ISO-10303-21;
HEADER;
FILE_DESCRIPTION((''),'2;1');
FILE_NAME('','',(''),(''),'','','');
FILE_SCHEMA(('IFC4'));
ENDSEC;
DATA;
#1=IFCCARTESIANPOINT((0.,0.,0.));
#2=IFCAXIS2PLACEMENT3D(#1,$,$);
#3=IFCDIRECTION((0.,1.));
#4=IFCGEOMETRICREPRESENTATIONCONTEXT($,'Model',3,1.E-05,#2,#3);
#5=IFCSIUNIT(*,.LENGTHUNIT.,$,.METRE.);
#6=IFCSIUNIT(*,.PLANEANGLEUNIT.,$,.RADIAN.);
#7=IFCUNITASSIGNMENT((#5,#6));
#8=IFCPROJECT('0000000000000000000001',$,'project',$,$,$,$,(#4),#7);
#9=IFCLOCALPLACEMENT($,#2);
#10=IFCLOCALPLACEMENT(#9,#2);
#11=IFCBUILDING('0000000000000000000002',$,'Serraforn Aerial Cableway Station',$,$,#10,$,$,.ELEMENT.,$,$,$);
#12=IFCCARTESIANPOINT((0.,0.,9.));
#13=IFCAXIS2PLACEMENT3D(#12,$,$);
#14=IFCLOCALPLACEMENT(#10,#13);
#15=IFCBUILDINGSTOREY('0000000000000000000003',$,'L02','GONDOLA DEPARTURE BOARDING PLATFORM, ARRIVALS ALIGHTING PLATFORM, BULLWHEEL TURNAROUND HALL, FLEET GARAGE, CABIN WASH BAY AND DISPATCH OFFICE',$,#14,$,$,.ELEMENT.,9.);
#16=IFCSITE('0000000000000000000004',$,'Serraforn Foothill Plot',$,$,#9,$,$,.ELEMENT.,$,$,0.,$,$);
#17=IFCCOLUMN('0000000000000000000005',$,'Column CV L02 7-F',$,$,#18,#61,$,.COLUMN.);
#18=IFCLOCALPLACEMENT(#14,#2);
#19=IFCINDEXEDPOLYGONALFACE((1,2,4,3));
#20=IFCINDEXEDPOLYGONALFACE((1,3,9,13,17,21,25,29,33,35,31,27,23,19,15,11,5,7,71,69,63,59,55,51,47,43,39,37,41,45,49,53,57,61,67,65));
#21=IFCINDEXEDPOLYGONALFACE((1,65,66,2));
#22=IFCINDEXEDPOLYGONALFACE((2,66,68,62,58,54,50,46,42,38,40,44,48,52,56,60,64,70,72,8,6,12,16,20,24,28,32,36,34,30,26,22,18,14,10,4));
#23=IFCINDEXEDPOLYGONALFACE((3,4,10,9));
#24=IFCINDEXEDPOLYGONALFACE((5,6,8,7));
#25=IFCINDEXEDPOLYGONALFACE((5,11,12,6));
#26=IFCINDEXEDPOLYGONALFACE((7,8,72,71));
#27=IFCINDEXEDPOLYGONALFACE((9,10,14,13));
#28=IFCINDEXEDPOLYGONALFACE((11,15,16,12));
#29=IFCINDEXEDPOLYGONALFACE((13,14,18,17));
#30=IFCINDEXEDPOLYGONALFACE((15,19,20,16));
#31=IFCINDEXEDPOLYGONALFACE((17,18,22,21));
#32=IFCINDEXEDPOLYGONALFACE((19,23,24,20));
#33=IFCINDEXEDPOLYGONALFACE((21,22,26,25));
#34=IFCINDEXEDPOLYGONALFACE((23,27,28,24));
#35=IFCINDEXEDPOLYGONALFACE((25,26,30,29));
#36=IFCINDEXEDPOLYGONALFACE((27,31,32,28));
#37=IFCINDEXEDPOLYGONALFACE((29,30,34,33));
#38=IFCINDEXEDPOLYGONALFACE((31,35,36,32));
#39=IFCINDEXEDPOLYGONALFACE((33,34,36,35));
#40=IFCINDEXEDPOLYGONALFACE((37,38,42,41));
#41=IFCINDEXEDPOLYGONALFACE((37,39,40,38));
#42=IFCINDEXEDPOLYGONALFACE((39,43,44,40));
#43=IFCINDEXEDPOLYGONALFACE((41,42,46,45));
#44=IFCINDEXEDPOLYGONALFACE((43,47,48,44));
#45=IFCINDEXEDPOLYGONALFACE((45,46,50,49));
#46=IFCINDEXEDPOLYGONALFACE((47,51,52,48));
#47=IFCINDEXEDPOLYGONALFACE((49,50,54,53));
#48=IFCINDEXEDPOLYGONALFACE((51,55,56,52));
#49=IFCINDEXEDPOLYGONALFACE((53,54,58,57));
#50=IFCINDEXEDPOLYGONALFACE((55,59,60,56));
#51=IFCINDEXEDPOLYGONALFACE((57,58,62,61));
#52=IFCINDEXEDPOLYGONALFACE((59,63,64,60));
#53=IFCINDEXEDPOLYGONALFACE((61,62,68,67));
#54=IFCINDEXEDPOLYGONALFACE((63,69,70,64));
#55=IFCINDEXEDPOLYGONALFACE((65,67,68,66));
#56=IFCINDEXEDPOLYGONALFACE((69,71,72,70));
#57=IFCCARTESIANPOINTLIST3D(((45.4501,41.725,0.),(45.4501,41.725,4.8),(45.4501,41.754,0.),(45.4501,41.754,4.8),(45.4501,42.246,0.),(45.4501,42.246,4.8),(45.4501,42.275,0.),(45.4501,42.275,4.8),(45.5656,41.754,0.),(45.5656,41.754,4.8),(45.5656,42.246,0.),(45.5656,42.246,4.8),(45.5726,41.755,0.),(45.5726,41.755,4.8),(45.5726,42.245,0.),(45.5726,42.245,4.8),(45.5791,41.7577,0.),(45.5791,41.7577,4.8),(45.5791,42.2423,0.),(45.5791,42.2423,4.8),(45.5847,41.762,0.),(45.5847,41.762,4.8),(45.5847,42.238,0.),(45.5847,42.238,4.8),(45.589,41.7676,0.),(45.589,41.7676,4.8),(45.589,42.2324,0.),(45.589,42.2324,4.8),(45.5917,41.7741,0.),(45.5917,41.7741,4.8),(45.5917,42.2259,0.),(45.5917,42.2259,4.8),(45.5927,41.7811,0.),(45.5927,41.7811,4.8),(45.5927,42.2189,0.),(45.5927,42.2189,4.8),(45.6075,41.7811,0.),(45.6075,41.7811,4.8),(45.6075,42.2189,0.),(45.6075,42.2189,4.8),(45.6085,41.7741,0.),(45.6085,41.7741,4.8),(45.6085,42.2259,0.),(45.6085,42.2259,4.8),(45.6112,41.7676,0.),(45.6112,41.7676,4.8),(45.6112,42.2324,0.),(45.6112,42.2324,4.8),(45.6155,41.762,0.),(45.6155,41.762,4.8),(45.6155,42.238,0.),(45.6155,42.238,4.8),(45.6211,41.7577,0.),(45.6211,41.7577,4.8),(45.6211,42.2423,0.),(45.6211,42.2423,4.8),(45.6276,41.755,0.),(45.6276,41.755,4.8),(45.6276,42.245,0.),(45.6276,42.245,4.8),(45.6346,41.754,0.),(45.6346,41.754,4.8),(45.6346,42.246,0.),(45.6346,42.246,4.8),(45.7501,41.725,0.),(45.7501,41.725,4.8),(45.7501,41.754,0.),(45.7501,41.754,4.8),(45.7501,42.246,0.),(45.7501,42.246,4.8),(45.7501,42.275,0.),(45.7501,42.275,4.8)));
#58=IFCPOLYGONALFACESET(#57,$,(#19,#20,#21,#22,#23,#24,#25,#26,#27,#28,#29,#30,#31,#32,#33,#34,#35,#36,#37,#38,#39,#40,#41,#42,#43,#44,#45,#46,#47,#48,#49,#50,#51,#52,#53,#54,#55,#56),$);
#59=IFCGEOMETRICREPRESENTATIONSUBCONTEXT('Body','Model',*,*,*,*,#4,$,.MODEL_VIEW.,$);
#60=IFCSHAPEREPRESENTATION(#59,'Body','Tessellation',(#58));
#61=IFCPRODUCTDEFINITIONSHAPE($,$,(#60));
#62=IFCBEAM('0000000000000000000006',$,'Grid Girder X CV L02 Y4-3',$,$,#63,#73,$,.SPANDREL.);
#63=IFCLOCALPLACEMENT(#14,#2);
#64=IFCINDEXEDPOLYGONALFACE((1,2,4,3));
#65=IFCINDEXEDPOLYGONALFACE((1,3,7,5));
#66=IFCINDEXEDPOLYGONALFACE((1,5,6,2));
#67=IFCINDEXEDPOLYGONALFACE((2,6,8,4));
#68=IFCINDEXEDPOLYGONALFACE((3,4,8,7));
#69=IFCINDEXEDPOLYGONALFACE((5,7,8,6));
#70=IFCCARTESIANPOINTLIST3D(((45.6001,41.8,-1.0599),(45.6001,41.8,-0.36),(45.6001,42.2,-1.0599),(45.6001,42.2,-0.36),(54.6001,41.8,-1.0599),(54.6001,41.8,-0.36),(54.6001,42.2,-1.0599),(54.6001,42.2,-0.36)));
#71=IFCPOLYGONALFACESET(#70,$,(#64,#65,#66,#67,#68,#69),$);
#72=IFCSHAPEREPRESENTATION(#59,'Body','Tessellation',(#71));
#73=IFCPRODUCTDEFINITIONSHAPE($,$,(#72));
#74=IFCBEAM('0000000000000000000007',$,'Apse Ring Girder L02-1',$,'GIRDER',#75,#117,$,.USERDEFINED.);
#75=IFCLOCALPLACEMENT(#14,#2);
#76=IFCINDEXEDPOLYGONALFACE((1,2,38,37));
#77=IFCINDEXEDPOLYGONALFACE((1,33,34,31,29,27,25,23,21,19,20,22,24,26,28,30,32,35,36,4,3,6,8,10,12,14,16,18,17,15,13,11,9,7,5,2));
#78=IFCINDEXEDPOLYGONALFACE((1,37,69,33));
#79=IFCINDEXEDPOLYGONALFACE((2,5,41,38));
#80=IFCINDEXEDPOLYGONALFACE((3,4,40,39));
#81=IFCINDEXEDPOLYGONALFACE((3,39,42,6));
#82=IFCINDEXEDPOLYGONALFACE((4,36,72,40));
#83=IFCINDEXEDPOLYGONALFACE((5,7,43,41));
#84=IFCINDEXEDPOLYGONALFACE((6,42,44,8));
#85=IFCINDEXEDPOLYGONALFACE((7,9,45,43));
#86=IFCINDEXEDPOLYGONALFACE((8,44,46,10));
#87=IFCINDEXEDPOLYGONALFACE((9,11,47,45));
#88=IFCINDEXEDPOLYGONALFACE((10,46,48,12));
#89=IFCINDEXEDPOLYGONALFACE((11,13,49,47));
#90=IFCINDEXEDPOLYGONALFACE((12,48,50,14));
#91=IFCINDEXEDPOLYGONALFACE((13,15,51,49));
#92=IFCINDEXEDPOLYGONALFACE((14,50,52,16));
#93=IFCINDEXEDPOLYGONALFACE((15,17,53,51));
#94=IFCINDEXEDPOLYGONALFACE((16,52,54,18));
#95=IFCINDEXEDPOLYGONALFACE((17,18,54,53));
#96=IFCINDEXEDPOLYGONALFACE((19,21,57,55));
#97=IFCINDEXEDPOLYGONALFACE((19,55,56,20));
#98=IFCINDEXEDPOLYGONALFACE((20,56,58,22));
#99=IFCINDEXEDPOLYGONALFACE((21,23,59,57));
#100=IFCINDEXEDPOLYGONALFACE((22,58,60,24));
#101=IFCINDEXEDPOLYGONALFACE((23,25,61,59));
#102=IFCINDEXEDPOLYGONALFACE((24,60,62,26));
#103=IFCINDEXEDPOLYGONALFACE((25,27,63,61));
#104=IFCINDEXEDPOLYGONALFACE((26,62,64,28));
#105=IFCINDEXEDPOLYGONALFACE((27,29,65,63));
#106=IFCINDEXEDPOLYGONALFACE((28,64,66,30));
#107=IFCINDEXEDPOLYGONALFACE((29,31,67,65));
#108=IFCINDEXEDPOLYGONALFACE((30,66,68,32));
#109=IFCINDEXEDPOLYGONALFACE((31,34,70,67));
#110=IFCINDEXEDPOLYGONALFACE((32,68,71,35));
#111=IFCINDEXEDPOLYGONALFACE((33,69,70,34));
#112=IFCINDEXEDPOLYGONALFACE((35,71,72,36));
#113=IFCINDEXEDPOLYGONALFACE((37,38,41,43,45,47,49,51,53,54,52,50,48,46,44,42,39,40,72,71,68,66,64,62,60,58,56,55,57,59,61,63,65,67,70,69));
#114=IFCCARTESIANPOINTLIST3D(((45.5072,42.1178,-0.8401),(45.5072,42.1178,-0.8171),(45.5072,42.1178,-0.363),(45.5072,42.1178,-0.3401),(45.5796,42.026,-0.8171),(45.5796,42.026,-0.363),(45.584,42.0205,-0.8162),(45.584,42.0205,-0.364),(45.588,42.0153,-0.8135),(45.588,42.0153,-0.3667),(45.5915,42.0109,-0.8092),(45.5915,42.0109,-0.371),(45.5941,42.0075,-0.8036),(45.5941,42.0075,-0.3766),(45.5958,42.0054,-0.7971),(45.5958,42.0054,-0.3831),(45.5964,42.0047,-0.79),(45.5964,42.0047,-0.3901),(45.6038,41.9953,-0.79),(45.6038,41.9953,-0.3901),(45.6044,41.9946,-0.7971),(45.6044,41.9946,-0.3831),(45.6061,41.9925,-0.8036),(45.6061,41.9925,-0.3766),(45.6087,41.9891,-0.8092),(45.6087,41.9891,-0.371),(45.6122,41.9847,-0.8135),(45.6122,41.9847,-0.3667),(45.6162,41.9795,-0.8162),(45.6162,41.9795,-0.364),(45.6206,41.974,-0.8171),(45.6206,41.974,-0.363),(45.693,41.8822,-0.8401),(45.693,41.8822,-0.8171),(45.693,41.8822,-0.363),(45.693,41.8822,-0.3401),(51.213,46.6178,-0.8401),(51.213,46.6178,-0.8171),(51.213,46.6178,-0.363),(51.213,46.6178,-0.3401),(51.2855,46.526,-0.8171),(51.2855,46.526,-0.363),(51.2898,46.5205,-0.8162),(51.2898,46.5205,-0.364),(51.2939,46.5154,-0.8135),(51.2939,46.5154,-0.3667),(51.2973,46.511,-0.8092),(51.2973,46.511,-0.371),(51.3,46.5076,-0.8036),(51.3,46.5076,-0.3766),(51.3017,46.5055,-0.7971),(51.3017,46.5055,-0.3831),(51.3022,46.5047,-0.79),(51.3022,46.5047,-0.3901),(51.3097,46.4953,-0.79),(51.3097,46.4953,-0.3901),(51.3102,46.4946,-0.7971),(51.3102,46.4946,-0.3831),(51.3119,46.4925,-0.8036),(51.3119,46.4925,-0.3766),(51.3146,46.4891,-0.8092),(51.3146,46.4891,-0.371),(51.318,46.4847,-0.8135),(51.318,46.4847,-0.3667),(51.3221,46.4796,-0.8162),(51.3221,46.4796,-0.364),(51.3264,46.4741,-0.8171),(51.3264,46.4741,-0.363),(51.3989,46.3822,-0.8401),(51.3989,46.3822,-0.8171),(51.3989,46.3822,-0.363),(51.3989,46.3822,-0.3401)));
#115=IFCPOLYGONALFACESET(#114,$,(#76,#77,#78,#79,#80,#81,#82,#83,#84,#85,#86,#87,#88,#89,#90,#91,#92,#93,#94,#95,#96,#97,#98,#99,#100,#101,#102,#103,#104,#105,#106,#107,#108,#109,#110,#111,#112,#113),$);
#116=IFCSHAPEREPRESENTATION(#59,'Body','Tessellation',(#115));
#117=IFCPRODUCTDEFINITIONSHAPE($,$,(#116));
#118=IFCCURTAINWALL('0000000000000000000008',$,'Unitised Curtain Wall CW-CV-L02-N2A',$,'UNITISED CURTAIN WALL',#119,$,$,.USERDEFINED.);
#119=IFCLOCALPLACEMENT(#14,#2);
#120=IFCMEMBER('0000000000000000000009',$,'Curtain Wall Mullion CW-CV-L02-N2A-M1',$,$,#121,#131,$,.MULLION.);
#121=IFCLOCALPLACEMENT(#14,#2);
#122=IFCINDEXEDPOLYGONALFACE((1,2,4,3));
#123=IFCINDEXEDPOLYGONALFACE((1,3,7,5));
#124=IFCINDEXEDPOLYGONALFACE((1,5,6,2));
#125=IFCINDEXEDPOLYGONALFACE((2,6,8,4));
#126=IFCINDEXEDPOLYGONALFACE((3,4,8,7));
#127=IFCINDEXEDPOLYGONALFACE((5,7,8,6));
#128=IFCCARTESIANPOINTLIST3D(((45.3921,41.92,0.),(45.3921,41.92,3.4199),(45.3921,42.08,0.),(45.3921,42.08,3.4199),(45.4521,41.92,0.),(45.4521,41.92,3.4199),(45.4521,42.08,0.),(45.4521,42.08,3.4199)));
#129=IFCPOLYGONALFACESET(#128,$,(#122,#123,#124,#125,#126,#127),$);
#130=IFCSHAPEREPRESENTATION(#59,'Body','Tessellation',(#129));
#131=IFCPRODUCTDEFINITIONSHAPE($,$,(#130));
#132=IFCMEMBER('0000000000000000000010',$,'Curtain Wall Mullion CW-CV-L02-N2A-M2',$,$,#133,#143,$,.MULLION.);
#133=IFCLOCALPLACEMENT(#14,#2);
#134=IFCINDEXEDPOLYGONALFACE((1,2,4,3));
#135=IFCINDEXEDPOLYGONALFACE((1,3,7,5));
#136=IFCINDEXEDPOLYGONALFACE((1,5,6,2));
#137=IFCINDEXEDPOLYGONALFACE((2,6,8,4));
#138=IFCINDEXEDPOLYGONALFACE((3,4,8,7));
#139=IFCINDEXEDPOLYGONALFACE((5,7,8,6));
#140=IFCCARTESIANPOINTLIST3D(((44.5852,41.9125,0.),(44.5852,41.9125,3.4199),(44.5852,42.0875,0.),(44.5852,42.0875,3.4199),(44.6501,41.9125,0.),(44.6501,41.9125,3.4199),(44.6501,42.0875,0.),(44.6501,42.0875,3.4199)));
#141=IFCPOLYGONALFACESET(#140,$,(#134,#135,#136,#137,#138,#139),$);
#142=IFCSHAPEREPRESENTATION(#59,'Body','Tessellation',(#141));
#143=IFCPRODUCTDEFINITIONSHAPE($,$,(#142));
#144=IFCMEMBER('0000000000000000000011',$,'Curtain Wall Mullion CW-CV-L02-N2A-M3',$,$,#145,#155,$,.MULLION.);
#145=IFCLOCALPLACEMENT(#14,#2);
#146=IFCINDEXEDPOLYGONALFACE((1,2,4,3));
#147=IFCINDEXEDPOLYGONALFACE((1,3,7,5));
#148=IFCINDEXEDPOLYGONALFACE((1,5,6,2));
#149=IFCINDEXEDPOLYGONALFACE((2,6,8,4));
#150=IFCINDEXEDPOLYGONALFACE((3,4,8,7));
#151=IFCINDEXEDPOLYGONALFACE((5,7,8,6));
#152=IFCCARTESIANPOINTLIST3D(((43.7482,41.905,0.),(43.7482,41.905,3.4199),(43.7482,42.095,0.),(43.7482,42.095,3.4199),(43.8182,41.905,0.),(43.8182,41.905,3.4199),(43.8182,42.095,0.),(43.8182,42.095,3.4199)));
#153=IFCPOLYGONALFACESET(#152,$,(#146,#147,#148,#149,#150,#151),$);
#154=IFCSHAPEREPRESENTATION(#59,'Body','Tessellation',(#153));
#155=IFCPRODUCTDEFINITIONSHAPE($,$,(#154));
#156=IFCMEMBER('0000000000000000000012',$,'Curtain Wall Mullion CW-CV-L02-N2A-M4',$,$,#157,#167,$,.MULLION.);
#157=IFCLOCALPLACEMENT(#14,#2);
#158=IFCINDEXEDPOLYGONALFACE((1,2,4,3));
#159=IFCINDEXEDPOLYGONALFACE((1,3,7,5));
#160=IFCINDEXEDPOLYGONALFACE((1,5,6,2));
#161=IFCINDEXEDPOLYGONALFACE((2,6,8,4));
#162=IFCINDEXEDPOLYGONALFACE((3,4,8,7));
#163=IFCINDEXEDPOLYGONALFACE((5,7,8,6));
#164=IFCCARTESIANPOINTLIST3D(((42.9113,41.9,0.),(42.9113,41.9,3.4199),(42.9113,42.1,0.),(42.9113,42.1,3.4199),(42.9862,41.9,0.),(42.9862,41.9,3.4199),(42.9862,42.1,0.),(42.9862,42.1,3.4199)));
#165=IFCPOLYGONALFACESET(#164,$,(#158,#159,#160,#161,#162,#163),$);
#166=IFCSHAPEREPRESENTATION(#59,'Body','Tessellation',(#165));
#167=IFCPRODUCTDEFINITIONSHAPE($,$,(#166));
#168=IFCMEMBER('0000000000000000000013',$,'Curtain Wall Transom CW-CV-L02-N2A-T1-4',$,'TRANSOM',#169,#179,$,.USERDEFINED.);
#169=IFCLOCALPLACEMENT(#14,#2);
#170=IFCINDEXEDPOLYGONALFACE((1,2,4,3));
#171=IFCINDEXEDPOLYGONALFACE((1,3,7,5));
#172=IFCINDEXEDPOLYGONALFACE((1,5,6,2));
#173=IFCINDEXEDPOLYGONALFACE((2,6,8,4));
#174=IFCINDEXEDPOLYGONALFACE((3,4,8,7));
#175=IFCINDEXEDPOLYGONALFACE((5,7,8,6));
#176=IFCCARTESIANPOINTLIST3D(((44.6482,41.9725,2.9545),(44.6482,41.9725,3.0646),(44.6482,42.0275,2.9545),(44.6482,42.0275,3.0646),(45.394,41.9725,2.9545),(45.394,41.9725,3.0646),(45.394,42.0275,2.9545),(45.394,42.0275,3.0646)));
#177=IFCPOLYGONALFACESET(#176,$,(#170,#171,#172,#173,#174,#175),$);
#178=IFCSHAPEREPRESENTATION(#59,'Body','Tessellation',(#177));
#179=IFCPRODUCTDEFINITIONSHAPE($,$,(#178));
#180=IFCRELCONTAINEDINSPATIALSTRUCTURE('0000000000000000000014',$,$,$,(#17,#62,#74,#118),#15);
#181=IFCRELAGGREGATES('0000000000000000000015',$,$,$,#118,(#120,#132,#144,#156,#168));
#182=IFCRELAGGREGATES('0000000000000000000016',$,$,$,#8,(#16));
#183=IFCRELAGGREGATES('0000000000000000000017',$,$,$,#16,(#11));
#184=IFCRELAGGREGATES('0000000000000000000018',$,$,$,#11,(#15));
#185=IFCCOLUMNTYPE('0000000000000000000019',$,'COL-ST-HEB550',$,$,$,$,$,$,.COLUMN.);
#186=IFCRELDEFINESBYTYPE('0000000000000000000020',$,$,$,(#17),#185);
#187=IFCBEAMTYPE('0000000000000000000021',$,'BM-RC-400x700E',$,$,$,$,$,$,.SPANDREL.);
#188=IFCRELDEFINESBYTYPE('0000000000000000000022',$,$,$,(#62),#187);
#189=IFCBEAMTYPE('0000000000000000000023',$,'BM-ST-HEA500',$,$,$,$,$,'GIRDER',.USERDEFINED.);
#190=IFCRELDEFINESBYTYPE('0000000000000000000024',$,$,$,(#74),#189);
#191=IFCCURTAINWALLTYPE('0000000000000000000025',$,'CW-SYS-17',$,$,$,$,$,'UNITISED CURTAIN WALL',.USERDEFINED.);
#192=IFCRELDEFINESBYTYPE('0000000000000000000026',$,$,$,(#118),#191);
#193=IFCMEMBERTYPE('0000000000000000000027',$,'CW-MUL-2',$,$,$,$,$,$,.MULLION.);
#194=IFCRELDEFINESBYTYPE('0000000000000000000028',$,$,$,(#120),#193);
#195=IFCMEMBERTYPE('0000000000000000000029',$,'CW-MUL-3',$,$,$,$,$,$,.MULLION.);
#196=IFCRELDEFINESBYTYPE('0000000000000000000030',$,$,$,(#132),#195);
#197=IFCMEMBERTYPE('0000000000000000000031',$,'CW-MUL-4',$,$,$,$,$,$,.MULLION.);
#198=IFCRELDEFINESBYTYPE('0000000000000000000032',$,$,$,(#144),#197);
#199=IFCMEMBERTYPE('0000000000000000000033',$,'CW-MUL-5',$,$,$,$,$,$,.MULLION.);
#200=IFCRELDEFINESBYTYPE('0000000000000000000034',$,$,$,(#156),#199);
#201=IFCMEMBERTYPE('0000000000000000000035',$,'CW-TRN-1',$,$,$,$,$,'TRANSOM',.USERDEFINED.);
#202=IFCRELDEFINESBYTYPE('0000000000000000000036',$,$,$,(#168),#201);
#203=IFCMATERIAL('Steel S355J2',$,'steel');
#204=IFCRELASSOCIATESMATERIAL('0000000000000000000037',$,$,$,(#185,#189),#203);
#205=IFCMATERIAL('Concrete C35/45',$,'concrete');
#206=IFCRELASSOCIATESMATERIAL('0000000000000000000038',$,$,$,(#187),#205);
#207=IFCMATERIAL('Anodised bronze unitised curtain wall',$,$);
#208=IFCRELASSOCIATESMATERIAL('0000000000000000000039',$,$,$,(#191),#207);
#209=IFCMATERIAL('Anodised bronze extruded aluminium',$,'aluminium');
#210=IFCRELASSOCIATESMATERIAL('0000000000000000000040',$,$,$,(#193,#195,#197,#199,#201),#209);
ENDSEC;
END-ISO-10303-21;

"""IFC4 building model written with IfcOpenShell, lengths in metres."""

from ifc_helpers import new_model, si_unit, direction, frame, origin, origin_2d, place, context, subcontext, project, spatial, rectangle, i_section, extrude, material, material_profile, profile_set, type_object, element, aggregate, save


model = new_model("IFC4")

# Units and contexts
model_context = context("Model", 3, precision=1e-05, world=origin(), true_north=direction((0.0, 1.0)))
body_context = subcontext(model_context, "Body", "Model", "MODEL_VIEW")
ifc_project = project(units=[si_unit("LENGTHUNIT", "METRE"), si_unit("PLANEANGLEUNIT", "RADIAN")], contexts=[model_context])

# Site, building, storey
site_placement = place(None, origin())
site = spatial("IfcSite", under=ifc_project, at=site_placement, Name="Serraforn Foothill Plot", CompositionType="ELEMENT", RefElevation=0.0)
building_placement = place(site_placement, origin())
building = spatial("IfcBuilding", under=site, at=building_placement, Name="Serraforn Aerial Cableway Station", CompositionType="ELEMENT")
storey_placement = place(building_placement, frame((0.0, 0.0, 9.0)))
storey = spatial("IfcBuildingStorey", under=building, at=storey_placement, Name="L02", Description="GONDOLA DEPARTURE BOARDING PLATFORM, ARRIVALS ALIGHTING PLATFORM, BULLWHEEL TURNAROUND HALL, FLEET GARAGE, CABIN WASH BAY AND DISPATCH OFFICE", CompositionType="ELEMENT", Elevation=9.0)

# Column
ifc_material_1 = material(Name="Steel S355J2", Category="steel")
ifc_material_profile_1 = material_profile(ifc_material_1, i_section(OverallWidth=0.3, OverallDepth=0.55, WebThickness=0.0149, FlangeThickness=0.0291, FilletRadius=0.0271, at=origin_2d()), Name="HEB 550")
ifc_profile_set_1 = profile_set([ifc_material_profile_1], Name="Steel S355J2")
column_type = type_object("IfcColumnType", Name="COL-ST-HEB550", PredefinedType="COLUMN", material=ifc_profile_set_1)
column_placement = place(storey_placement, frame((45.6001, 42.0, 0.0), z_axis=(0.0, 0.0, 1.0), x_axis=(1.0, 0.0, 0.0)))
element("IfcColumn", 1, at=column_placement, inside=storey, type_object=column_type, Name="Column CV L02 7-F", PredefinedType="COLUMN", context=body_context, shape_type="SweptSolid", body=[
    extrude(i_section(OverallWidth=0.3, OverallDepth=0.55, WebThickness=0.0149, FlangeThickness=0.0291, FilletRadius=0.0271, at=origin_2d()), origin(), (0.0, 0.0, 1.0), 4.8),
])

# Beams
ifc_material_2 = material(Name="Concrete C35/45", Category="concrete")
ifc_material_profile_2 = material_profile(ifc_material_2, rectangle(XDim=0.3999, YDim=0.7, at=origin_2d()), Name="RC 400x700")
ifc_profile_set_2 = profile_set([ifc_material_profile_2], Name="Concrete C35/45")
beam_type_1 = type_object("IfcBeamType", Name="BM-RC-400x700E", PredefinedType="SPANDREL", material=ifc_profile_set_2)
beam_1_placement = place(storey_placement, frame((45.6001, 42.0, -0.71), z_axis=(1.0, 0.0, 0.0), x_axis=(0.0, 1.0, 0.0)))
element("IfcBeam", 2, at=beam_1_placement, inside=storey, type_object=beam_type_1, Name="Grid Girder X CV L02 Y4-3", PredefinedType="SPANDREL", context=body_context, shape_type="SweptSolid", body=[
    extrude(rectangle(XDim=0.3999, YDim=0.7, at=origin_2d()), origin(), (0.0, 0.0, 1.0), 9.0),
])
ifc_material_profile_3 = material_profile(ifc_material_1, i_section(OverallWidth=0.3, OverallDepth=0.5, WebThickness=0.012, FlangeThickness=0.0229, FilletRadius=0.0271, at=origin_2d()), Name="HEA 500")
ifc_profile_set_3 = profile_set([ifc_material_profile_3], Name="Steel S355J2")
beam_type_2 = type_object("IfcBeamType", Name="BM-ST-HEA500", ElementType="GIRDER", PredefinedType="USERDEFINED", material=ifc_profile_set_3)
beam_2_placement = place(storey_placement, frame((45.6001, 42.0, -0.5901), z_axis=(0.78519, 0.619255, 0.0), x_axis=(-0.619255, 0.78519, 0.0)))
element("IfcBeam", 3, at=beam_2_placement, inside=storey, type_object=beam_type_2, Name="Apse Ring Girder L02-1", ObjectType="GIRDER", PredefinedType="USERDEFINED", context=body_context, shape_type="SweptSolid", body=[
    extrude(i_section(OverallWidth=0.3, OverallDepth=0.5, WebThickness=0.012, FlangeThickness=0.0229, FilletRadius=0.0271, at=origin_2d()), origin(), (0.0, 0.0, 1.0), 7.2668),
])

# Curtain wall, members
ifc_material_3 = material(Name="Anodised bronze unitised curtain wall")
curtain_wall_type = type_object("IfcCurtainWallType", Name="CW-SYS-17", ElementType="UNITISED CURTAIN WALL", PredefinedType="USERDEFINED", material=ifc_material_3)
curtain_wall_placement = place(storey_placement, origin())
curtain_wall = element("IfcCurtainWall", 4, at=curtain_wall_placement, inside=storey, type_object=curtain_wall_type, Name="Unitised Curtain Wall CW-CV-L02-N2A", ObjectType="UNITISED CURTAIN WALL", PredefinedType="USERDEFINED")
ifc_material_4 = material(Name="Anodised bronze extruded aluminium", Category="aluminium")
ifc_material_profile_4 = material_profile(ifc_material_4, rectangle(XDim=0.0601, YDim=0.1599, at=origin_2d()), Name="CW MULLION 60x160")
ifc_profile_set_4 = profile_set([ifc_material_profile_4], Name="Anodised bronze extruded aluminium")
member_type_1 = type_object("IfcMemberType", Name="CW-MUL-2", PredefinedType="MULLION", material=ifc_profile_set_4)
member_1_placement = place(storey_placement, frame((45.4221, 42.0, 0.0), z_axis=(0.0, 0.0, 1.0), x_axis=(-1.0, 0.0, 0.0)))
member_1 = element("IfcMember", 5, at=member_1_placement, type_object=member_type_1, Name="Curtain Wall Mullion CW-CV-L02-N2A-M1", PredefinedType="MULLION", context=body_context, shape_type="SweptSolid", body=[
    extrude(rectangle(XDim=0.0601, YDim=0.1599, at=origin_2d()), origin(), (0.0, 0.0, 1.0), 3.4199),
])
ifc_material_profile_5 = material_profile(ifc_material_4, rectangle(XDim=0.0649, YDim=0.175, at=origin_2d()), Name="CW MULLION 65x175")
ifc_profile_set_5 = profile_set([ifc_material_profile_5], Name="Anodised bronze extruded aluminium")
member_type_2 = type_object("IfcMemberType", Name="CW-MUL-3", PredefinedType="MULLION", material=ifc_profile_set_5)
member_2_placement = place(storey_placement, frame((44.6177, 42.0, 0.0), z_axis=(0.0, 0.0, 1.0), x_axis=(-1.0, 0.0, 0.0)))
member_2 = element("IfcMember", 6, at=member_2_placement, type_object=member_type_2, Name="Curtain Wall Mullion CW-CV-L02-N2A-M2", PredefinedType="MULLION", context=body_context, shape_type="SweptSolid", body=[
    extrude(rectangle(XDim=0.0649, YDim=0.175, at=origin_2d()), origin(), (0.0, 0.0, 1.0), 3.4199),
])
ifc_material_profile_6 = material_profile(ifc_material_4, rectangle(XDim=0.0701, YDim=0.1899, at=origin_2d()), Name="CW MULLION 70x190")
ifc_profile_set_6 = profile_set([ifc_material_profile_6], Name="Anodised bronze extruded aluminium")
member_type_3 = type_object("IfcMemberType", Name="CW-MUL-4", PredefinedType="MULLION", material=ifc_profile_set_6)
member_3_placement = place(storey_placement, frame((43.7832, 42.0, 0.0), z_axis=(0.0, 0.0, 1.0), x_axis=(-1.0, 0.0, 0.0)))
member_3 = element("IfcMember", 7, at=member_3_placement, type_object=member_type_3, Name="Curtain Wall Mullion CW-CV-L02-N2A-M3", PredefinedType="MULLION", context=body_context, shape_type="SweptSolid", body=[
    extrude(rectangle(XDim=0.0701, YDim=0.1899, at=origin_2d()), origin(), (0.0, 0.0, 1.0), 3.4199),
])
ifc_material_profile_7 = material_profile(ifc_material_4, rectangle(XDim=0.075, YDim=0.2, at=origin_2d()), Name="CW MULLION 75x200")
ifc_profile_set_7 = profile_set([ifc_material_profile_7], Name="Anodised bronze extruded aluminium")
member_type_4 = type_object("IfcMemberType", Name="CW-MUL-5", PredefinedType="MULLION", material=ifc_profile_set_7)
member_4_placement = place(storey_placement, frame((42.9487, 42.0, 0.0), z_axis=(0.0, 0.0, 1.0), x_axis=(-1.0, 0.0, 0.0)))
member_4 = element("IfcMember", 8, at=member_4_placement, type_object=member_type_4, Name="Curtain Wall Mullion CW-CV-L02-N2A-M4", PredefinedType="MULLION", context=body_context, shape_type="SweptSolid", body=[
    extrude(rectangle(XDim=0.075, YDim=0.2, at=origin_2d()), origin(), (0.0, 0.0, 1.0), 3.4199),
])
ifc_material_profile_8 = material_profile(ifc_material_4, rectangle(XDim=0.0549, YDim=0.1101, at=origin_2d()), Name="CW TRANSOM 55x110")
ifc_profile_set_8 = profile_set([ifc_material_profile_8], Name="Anodised bronze extruded aluminium")
member_type_5 = type_object("IfcMemberType", Name="CW-TRN-1", ElementType="TRANSOM", PredefinedType="USERDEFINED", material=ifc_profile_set_8)
member_5_placement = place(storey_placement, frame((45.394, 42.0, 3.0095), z_axis=(-1.0, 0.0, 0.0), x_axis=(0.0, -1.0, 0.0)))
member_5 = element("IfcMember", 9, at=member_5_placement, type_object=member_type_5, Name="Curtain Wall Transom CW-CV-L02-N2A-T1-4", ObjectType="TRANSOM", PredefinedType="USERDEFINED", context=body_context, shape_type="SweptSolid", body=[
    extrude(rectangle(XDim=0.0549, YDim=0.1101, at=origin_2d()), origin(), (0.0, 0.0, 1.0), 0.7458),
])
aggregate(curtain_wall, [member_1, member_2, member_3, member_4, member_5])

save(model, "model.ifc")
